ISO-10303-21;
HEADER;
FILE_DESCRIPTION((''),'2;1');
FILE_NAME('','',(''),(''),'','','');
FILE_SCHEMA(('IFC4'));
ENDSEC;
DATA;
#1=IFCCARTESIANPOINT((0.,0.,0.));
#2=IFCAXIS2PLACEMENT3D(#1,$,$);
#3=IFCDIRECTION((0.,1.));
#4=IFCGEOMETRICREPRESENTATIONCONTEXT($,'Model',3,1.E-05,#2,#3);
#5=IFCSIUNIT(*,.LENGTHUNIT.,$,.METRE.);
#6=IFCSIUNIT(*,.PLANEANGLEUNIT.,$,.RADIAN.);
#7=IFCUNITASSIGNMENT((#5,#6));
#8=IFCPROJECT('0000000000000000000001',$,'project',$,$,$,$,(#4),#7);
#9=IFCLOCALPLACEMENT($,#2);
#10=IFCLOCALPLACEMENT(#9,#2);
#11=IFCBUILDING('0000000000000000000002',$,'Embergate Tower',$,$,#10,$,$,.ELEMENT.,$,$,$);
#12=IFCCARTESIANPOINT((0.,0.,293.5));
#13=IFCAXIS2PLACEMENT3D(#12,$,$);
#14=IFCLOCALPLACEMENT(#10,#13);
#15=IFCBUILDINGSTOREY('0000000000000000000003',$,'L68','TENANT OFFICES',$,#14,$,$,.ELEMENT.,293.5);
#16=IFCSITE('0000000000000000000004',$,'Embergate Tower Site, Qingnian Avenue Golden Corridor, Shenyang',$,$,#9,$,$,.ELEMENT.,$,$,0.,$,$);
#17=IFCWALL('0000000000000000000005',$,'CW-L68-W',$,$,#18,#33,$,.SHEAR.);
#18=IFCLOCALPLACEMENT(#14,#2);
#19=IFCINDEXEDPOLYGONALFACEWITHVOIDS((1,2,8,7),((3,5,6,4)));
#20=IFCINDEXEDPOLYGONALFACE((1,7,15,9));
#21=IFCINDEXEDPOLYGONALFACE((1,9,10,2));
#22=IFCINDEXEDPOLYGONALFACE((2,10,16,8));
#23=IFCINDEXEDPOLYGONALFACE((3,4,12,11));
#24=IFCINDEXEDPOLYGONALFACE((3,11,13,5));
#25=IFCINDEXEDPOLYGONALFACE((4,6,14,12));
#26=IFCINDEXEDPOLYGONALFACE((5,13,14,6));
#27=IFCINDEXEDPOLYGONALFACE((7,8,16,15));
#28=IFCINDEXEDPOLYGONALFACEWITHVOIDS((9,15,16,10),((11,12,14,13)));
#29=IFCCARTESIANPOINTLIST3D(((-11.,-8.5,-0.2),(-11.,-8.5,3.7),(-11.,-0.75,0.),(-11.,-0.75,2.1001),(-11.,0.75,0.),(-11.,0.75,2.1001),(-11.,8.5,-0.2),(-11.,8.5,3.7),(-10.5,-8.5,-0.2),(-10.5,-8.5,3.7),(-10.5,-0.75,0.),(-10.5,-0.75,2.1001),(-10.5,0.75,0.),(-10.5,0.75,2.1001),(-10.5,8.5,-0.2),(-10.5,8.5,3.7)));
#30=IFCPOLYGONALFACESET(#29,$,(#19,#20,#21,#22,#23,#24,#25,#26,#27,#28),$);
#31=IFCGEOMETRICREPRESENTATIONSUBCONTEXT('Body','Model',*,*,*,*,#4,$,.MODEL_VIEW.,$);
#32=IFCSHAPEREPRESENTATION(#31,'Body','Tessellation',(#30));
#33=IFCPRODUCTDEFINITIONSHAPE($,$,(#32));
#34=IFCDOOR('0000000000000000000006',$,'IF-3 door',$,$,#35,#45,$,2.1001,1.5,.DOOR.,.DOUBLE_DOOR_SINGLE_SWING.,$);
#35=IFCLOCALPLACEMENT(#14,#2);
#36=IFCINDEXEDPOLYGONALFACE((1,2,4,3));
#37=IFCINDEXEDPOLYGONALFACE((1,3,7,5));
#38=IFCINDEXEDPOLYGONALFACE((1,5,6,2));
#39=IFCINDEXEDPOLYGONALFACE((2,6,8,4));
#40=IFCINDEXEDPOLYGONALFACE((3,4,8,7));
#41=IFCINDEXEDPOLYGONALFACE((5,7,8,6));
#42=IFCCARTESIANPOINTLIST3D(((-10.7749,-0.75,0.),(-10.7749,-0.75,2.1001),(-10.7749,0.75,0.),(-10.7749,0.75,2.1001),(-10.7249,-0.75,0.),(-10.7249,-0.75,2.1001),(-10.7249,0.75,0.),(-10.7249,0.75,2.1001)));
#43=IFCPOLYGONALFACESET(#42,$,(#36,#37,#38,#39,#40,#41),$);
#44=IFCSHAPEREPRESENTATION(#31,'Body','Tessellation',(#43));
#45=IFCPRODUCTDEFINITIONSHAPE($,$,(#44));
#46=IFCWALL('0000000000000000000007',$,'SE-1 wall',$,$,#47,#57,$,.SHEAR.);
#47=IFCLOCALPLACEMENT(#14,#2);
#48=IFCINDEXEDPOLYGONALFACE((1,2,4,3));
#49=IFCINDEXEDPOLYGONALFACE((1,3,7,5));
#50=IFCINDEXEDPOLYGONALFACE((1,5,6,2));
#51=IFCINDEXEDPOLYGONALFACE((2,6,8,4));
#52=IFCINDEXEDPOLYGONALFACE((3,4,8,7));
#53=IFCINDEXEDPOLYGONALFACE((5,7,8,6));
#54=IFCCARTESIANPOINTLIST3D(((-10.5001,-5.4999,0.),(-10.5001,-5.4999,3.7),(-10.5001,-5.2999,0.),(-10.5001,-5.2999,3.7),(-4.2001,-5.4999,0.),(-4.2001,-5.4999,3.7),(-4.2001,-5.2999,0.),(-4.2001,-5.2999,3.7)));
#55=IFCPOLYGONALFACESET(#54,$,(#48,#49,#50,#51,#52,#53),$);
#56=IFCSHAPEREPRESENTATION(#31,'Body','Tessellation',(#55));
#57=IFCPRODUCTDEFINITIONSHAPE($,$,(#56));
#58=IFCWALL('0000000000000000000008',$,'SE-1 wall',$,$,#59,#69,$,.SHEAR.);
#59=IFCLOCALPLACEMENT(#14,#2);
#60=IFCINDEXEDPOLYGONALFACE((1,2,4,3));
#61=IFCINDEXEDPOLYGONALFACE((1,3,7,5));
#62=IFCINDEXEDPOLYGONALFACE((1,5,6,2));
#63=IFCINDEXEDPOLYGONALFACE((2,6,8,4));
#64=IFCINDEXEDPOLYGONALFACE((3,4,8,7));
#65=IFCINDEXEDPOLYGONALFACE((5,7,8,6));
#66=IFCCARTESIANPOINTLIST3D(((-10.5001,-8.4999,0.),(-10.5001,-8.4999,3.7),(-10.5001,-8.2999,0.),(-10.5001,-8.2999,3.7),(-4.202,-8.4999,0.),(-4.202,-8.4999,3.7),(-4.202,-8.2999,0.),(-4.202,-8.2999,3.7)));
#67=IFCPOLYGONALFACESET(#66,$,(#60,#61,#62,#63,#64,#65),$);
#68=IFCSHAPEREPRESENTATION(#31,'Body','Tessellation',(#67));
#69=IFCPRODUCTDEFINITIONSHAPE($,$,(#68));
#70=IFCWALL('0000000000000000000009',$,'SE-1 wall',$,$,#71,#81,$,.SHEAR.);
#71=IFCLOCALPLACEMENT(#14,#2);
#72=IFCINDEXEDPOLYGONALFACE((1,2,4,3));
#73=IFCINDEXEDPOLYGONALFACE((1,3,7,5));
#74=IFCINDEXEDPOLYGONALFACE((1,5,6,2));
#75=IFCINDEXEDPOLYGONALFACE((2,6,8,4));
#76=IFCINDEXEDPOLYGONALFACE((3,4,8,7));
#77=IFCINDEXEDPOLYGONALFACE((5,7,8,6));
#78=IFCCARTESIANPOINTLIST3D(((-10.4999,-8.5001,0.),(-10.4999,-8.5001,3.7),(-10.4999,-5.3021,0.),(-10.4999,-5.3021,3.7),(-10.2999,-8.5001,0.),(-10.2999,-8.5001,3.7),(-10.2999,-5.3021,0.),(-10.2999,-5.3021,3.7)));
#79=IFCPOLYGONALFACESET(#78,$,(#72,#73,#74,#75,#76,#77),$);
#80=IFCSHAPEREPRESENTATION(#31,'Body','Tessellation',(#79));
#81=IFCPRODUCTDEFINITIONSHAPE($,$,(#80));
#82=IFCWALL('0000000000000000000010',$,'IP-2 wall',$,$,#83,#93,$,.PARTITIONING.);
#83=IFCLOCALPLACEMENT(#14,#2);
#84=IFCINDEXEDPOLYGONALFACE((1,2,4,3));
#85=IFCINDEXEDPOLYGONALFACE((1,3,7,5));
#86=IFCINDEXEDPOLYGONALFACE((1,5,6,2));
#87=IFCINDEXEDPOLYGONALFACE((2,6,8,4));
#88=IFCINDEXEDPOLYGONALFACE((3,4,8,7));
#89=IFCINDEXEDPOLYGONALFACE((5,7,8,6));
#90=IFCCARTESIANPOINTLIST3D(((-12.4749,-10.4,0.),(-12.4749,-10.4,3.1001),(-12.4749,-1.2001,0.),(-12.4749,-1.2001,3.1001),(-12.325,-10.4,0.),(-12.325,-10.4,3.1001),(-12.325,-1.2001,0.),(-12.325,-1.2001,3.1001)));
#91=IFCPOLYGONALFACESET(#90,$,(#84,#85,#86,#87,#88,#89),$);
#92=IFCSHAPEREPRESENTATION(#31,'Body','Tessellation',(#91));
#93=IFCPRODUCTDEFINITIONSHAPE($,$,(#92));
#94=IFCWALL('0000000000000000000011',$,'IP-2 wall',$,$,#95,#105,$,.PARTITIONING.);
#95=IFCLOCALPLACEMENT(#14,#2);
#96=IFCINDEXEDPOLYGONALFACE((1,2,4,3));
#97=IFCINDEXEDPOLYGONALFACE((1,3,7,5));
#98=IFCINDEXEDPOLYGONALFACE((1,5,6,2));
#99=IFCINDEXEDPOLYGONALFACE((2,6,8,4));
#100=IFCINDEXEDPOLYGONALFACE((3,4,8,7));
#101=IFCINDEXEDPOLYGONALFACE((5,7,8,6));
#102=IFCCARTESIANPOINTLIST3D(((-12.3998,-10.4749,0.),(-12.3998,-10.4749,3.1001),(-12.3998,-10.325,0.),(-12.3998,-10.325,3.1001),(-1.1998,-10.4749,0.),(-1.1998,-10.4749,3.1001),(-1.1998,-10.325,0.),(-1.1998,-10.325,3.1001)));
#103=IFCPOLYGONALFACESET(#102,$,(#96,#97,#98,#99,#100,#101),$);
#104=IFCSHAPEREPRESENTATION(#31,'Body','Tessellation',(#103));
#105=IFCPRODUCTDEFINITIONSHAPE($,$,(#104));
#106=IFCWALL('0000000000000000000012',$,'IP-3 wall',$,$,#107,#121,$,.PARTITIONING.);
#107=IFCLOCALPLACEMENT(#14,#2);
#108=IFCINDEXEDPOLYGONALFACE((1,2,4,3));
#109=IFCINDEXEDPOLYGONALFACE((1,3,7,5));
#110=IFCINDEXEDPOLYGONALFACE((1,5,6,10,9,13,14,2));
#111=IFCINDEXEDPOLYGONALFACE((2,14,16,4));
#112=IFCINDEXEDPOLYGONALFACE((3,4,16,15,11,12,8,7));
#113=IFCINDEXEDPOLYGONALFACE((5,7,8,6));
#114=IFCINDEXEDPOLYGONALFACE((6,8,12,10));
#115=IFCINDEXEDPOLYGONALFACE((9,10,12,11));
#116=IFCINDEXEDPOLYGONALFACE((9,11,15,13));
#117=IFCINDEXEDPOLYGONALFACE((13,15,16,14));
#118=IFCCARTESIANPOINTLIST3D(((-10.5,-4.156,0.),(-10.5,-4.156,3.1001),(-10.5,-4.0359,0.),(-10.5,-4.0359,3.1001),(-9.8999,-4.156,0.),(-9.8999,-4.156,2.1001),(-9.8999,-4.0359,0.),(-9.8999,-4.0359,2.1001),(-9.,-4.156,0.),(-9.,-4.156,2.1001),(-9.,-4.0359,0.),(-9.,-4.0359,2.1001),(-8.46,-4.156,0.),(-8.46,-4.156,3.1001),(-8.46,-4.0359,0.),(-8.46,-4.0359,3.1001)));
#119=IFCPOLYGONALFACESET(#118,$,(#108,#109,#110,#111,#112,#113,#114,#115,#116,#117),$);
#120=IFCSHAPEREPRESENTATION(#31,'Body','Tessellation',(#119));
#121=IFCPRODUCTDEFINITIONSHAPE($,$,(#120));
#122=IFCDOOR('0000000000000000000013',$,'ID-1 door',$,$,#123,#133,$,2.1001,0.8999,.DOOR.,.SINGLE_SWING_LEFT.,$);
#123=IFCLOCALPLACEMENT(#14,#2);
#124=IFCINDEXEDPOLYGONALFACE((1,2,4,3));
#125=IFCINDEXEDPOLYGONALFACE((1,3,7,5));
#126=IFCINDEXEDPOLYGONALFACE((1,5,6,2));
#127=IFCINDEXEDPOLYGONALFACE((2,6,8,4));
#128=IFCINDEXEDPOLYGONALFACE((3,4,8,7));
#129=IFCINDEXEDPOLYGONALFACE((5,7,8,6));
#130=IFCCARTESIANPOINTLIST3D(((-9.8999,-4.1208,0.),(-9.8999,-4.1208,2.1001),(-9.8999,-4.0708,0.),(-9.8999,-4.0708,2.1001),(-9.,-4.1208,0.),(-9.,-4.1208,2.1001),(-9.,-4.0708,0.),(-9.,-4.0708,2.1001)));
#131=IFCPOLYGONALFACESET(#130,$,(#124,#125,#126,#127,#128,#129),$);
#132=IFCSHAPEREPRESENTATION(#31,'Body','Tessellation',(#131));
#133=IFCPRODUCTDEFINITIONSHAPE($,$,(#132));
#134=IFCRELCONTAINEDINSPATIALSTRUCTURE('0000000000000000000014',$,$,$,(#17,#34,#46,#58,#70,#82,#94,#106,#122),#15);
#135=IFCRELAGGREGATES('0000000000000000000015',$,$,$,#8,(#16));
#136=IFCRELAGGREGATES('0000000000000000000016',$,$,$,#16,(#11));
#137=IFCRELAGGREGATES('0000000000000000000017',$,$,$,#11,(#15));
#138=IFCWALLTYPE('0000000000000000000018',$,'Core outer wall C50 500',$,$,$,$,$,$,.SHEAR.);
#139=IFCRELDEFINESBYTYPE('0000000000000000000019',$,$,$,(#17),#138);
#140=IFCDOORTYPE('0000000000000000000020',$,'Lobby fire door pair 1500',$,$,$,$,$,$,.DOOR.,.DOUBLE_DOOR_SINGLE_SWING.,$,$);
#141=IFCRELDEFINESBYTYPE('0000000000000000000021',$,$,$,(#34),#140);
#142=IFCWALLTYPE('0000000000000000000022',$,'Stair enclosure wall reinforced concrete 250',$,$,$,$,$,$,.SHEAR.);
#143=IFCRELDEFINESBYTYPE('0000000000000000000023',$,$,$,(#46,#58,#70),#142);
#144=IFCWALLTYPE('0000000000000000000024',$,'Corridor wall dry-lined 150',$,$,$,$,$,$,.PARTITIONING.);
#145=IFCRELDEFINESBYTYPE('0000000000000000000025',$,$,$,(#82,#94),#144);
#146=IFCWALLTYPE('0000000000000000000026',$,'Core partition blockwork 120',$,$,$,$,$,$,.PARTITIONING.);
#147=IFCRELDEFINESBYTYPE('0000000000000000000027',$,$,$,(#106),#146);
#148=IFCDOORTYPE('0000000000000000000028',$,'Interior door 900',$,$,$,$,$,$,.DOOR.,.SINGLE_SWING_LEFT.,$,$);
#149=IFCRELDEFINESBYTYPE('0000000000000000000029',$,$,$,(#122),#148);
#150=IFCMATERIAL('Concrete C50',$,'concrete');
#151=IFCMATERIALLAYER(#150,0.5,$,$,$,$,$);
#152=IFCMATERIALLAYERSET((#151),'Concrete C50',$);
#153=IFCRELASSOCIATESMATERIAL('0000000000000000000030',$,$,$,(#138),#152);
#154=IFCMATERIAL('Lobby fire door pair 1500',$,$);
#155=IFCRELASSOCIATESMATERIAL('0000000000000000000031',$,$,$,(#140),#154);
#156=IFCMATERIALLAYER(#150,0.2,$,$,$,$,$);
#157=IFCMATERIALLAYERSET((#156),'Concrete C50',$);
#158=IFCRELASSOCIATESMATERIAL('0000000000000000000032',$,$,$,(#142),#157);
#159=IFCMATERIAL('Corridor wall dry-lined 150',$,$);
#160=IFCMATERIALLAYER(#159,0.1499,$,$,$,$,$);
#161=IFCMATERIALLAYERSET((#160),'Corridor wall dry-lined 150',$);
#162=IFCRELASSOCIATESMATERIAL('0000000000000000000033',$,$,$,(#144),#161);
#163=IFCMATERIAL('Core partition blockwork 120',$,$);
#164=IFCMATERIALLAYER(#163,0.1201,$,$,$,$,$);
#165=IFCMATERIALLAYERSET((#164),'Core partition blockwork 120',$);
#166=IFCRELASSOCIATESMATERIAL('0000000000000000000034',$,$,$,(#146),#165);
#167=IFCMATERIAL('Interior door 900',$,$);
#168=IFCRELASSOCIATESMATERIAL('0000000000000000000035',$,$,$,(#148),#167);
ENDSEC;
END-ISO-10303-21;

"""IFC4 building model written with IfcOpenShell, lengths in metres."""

from ifc_helpers import new_model, si_unit, direction, frame, frame_2d, origin, place, context, subcontext, project, spatial, rectangle, extrude, source, transform, mapped, material, layer, layer_set, type_object, element, fill, save


model = new_model("IFC4")

# Units and contexts
model_context = context("Model", 3, precision=1e-05, world=origin(), true_north=direction((0.0, 1.0)))
body_context = subcontext(model_context, "Body", "Model", "MODEL_VIEW")
ifc_project = project(units=[si_unit("LENGTHUNIT", "METRE"), si_unit("PLANEANGLEUNIT", "RADIAN")], contexts=[model_context])

# Site, building, storey
site_placement = place(None, origin())
site = spatial("IfcSite", under=ifc_project, at=site_placement, Name="Embergate Tower Site, Qingnian Avenue Golden Corridor, Shenyang", CompositionType="ELEMENT", RefElevation=0.0)
building_placement = place(site_placement, origin())
building = spatial("IfcBuilding", under=site, at=building_placement, Name="Embergate Tower", CompositionType="ELEMENT")
storey_placement = place(building_placement, frame((0.0, 0.0, 293.5)))
storey = spatial("IfcBuildingStorey", under=building, at=storey_placement, Name="L68", Description="TENANT OFFICES", CompositionType="ELEMENT", Elevation=293.5)

# Shared definitions
ifc_material_1 = material(Name="Concrete C50", Category="concrete")
ifc_layer_1 = layer(ifc_material_1, 0.5)
ifc_layer_set_1 = layer_set([ifc_layer_1], Name="Concrete C50")
wall_type_1 = type_object("IfcWallType", Name="Core outer wall C50 500", PredefinedType="SHEAR", material=ifc_layer_set_1)

# Wall, opening, door
shared_shape_1 = source(origin(), body_context, "Body", "SweptSolid", [
    extrude(rectangle(XDim=17.0, YDim=0.5, at=frame_2d((8.5, 0.0))), origin(), (0.0, 0.0, 1.0), 3.8999),
])
wall_1_placement = place(storey_placement, frame((-10.75, -8.5, -0.2), z_axis=(0.0, 0.0, 1.0), x_axis=(0.0, 1.0, 0.0)))
wall_1 = element("IfcWall", 1, at=wall_1_placement, inside=storey, type_object=wall_type_1, Name="CW-L68-W", PredefinedType="SHEAR", context=body_context, shape_type="MappedRepresentation", body=[
    mapped(shared_shape_1, transform((0.0, 0.0, 0.0))),
])
shared_shape_2 = source(origin(), body_context, "Body", "SweptSolid", [
    extrude(rectangle(XDim=1.5, YDim=2.1001, at=frame_2d((0.75, 1.05))), frame((0.0, 0.26, 0.0), z_axis=(0.0, -1.0, 0.0), x_axis=(1.0, 0.0, 0.0)), (0.0, 0.0, 1.0), 0.52),
])
opening_1_placement = place(wall_1_placement, frame((7.75, 0.0, 0.2)))
opening_1 = element("IfcOpeningElement", 2, at=opening_1_placement, cuts=wall_1, PredefinedType="OPENING", context=body_context, shape_type="MappedRepresentation", body=[
    mapped(shared_shape_2, transform((0.0, 0.0, 0.0))),
])
ifc_material_2 = material(Name="Lobby fire door pair 1500")
door_type_1 = type_object("IfcDoorType", Name="Lobby fire door pair 1500", OperationType="DOUBLE_DOOR_SINGLE_SWING", PredefinedType="DOOR", material=ifc_material_2)
shared_shape_3 = source(origin(), body_context, "Body", "SweptSolid", [
    extrude(rectangle(XDim=1.5, YDim=2.1001, at=frame_2d((0.75, 1.05))), frame((0.0, 0.0249, 0.0), z_axis=(0.0, -1.0, 0.0), x_axis=(1.0, 0.0, 0.0)), (0.0, 0.0, 1.0), 0.05),
])
door_1_placement = place(opening_1_placement, origin())
door_1 = element("IfcDoor", 3, at=door_1_placement, inside=storey, type_object=door_type_1, Name="IF-3 door", OperationType="DOUBLE_DOOR_SINGLE_SWING", OverallHeight=2.1001, OverallWidth=1.5, PredefinedType="DOOR", context=body_context, shape_type="MappedRepresentation", body=[
    mapped(shared_shape_3, transform((0.0, 0.0, 0.0))),
])
fill(opening_1, door_1)

# Walls
ifc_layer_2 = layer(ifc_material_1, 0.2)
ifc_layer_set_2 = layer_set([ifc_layer_2], Name="Concrete C50")
wall_type_2 = type_object("IfcWallType", Name="Stair enclosure wall reinforced concrete 250", PredefinedType="SHEAR", material=ifc_layer_set_2)
shared_shape_4 = source(origin(), body_context, "Body", "SweptSolid", [
    extrude(rectangle(XDim=6.3, YDim=0.2, at=frame_2d((3.1499, 0.0))), origin(), (0.0, 0.0, 1.0), 3.7),
])
wall_2_placement = place(storey_placement, frame((-10.5, -5.3999, 0.0), z_axis=(0.0, 0.0, 1.0), x_axis=(1.0, 0.0, 0.0)))
element("IfcWall", 4, at=wall_2_placement, inside=storey, type_object=wall_type_2, Name="SE-1 wall", PredefinedType="SHEAR", context=body_context, shape_type="MappedRepresentation", body=[
    mapped(shared_shape_4, transform((0.0, 0.0, 0.0))),
])
shared_shape_5 = source(origin(), body_context, "Body", "SweptSolid", [
    extrude(rectangle(XDim=6.2981, YDim=0.2, at=frame_2d((3.1489, 0.0))), origin(), (0.0, 0.0, 1.0), 3.7),
])
wall_3_placement = place(storey_placement, frame((-10.5, -8.3999, 0.0), z_axis=(0.0, 0.0, 1.0), x_axis=(1.0, 0.0, 0.0)))
element("IfcWall", 5, at=wall_3_placement, inside=storey, type_object=wall_type_2, Name="SE-1 wall", PredefinedType="SHEAR", context=body_context, shape_type="MappedRepresentation", body=[
    mapped(shared_shape_5, transform((0.0, 0.0, 0.0))),
])
shared_shape_6 = source(origin(), body_context, "Body", "SweptSolid", [
    extrude(rectangle(XDim=3.198, YDim=0.2, at=frame_2d((1.5991, 0.0))), origin(), (0.0, 0.0, 1.0), 3.7),
])
wall_4_placement = place(storey_placement, frame((-10.3999, -5.302, 0.0), z_axis=(0.0, 0.0, 1.0), x_axis=(0.0, -1.0, 0.0)))
element("IfcWall", 6, at=wall_4_placement, inside=storey, type_object=wall_type_2, Name="SE-1 wall", PredefinedType="SHEAR", context=body_context, shape_type="MappedRepresentation", body=[
    mapped(shared_shape_6, transform((0.0, 0.0, 0.0))),
])
ifc_material_3 = material(Name="Corridor wall dry-lined 150")
ifc_layer_3 = layer(ifc_material_3, 0.1499)
ifc_layer_set_3 = layer_set([ifc_layer_3], Name="Corridor wall dry-lined 150")
wall_type_3 = type_object("IfcWallType", Name="Corridor wall dry-lined 150", PredefinedType="PARTITIONING", material=ifc_layer_set_3)
shared_shape_7 = source(origin(), body_context, "Body", "SweptSolid", [
    extrude(rectangle(XDim=9.2, YDim=0.1499, at=frame_2d((4.6001, 0.0))), origin(), (0.0, 0.0, 1.0), 3.1001),
])
wall_5_placement = place(storey_placement, frame((-12.3999, -1.2, 0.0), z_axis=(0.0, 0.0, 1.0), x_axis=(0.0, -1.0, 0.0)))
element("IfcWall", 7, at=wall_5_placement, inside=storey, type_object=wall_type_3, Name="IP-2 wall", PredefinedType="PARTITIONING", context=body_context, shape_type="MappedRepresentation", body=[
    mapped(shared_shape_7, transform((0.0, 0.0, 0.0))),
])
shared_shape_8 = source(origin(), body_context, "Body", "SweptSolid", [
    extrude(rectangle(XDim=11.2, YDim=0.1499, at=frame_2d((5.6001, 0.0))), origin(), (0.0, 0.0, 1.0), 3.1001),
])
wall_6_placement = place(storey_placement, frame((-12.3999, -10.3999, 0.0), z_axis=(0.0, 0.0, 1.0), x_axis=(1.0, 0.0, 0.0)))
element("IfcWall", 8, at=wall_6_placement, inside=storey, type_object=wall_type_3, Name="IP-2 wall", PredefinedType="PARTITIONING", context=body_context, shape_type="MappedRepresentation", body=[
    mapped(shared_shape_8, transform((0.0, 0.0, 0.0))),
])

# Wall, opening, door
ifc_material_4 = material(Name="Core partition blockwork 120")
ifc_layer_4 = layer(ifc_material_4, 0.1201)
ifc_layer_set_4 = layer_set([ifc_layer_4], Name="Core partition blockwork 120")
wall_type_4 = type_object("IfcWallType", Name="Core partition blockwork 120", PredefinedType="PARTITIONING", material=ifc_layer_set_4)
shared_shape_9 = source(origin(), body_context, "Body", "SweptSolid", [
    extrude(rectangle(XDim=2.04, YDim=0.1201, at=frame_2d((1.02, 0.0))), origin(), (0.0, 0.0, 1.0), 3.1001),
])
wall_7_placement = place(storey_placement, frame((-8.46, -4.0959, 0.0), z_axis=(0.0, 0.0, 1.0), x_axis=(-1.0, 0.0, 0.0)))
wall_7 = element("IfcWall", 9, at=wall_7_placement, inside=storey, type_object=wall_type_4, Name="IP-3 wall", PredefinedType="PARTITIONING", context=body_context, shape_type="MappedRepresentation", body=[
    mapped(shared_shape_9, transform((0.0, 0.0, 0.0))),
])
shared_shape_10 = source(origin(), body_context, "Body", "SweptSolid", [
    extrude(rectangle(XDim=0.8999, YDim=2.1001, at=frame_2d((0.45, 1.05))), frame((0.0, 0.0701, 0.0), z_axis=(0.0, -1.0, 0.0), x_axis=(1.0, 0.0, 0.0)), (0.0, 0.0, 1.0), 0.1401),
])
opening_2_placement = place(wall_7_placement, frame((0.54, 0.0, 0.0)))
opening_2 = element("IfcOpeningElement", 10, at=opening_2_placement, cuts=wall_7, PredefinedType="OPENING", context=body_context, shape_type="MappedRepresentation", body=[
    mapped(shared_shape_10, transform((0.0, 0.0, 0.0))),
])
ifc_material_5 = material(Name="Interior door 900")
door_type_2 = type_object("IfcDoorType", Name="Interior door 900", OperationType="SINGLE_SWING_LEFT", PredefinedType="DOOR", material=ifc_material_5)
shared_shape_11 = source(origin(), body_context, "Body", "SweptSolid", [
    extrude(rectangle(XDim=0.8999, YDim=2.1001, at=frame_2d((0.45, 1.05))), frame((0.0, 0.0249, 0.0), z_axis=(0.0, -1.0, 0.0), x_axis=(1.0, 0.0, 0.0)), (0.0, 0.0, 1.0), 0.05),
])
door_2_placement = place(opening_2_placement, origin())
door_2 = element("IfcDoor", 11, at=door_2_placement, inside=storey, type_object=door_type_2, Name="ID-1 door", OperationType="SINGLE_SWING_LEFT", OverallHeight=2.1001, OverallWidth=0.8999, PredefinedType="DOOR", context=body_context, shape_type="MappedRepresentation", body=[
    mapped(shared_shape_11, transform((0.0, 0.0, 0.0))),
])
fill(opening_2, door_2)

save(model, "model.ifc")
